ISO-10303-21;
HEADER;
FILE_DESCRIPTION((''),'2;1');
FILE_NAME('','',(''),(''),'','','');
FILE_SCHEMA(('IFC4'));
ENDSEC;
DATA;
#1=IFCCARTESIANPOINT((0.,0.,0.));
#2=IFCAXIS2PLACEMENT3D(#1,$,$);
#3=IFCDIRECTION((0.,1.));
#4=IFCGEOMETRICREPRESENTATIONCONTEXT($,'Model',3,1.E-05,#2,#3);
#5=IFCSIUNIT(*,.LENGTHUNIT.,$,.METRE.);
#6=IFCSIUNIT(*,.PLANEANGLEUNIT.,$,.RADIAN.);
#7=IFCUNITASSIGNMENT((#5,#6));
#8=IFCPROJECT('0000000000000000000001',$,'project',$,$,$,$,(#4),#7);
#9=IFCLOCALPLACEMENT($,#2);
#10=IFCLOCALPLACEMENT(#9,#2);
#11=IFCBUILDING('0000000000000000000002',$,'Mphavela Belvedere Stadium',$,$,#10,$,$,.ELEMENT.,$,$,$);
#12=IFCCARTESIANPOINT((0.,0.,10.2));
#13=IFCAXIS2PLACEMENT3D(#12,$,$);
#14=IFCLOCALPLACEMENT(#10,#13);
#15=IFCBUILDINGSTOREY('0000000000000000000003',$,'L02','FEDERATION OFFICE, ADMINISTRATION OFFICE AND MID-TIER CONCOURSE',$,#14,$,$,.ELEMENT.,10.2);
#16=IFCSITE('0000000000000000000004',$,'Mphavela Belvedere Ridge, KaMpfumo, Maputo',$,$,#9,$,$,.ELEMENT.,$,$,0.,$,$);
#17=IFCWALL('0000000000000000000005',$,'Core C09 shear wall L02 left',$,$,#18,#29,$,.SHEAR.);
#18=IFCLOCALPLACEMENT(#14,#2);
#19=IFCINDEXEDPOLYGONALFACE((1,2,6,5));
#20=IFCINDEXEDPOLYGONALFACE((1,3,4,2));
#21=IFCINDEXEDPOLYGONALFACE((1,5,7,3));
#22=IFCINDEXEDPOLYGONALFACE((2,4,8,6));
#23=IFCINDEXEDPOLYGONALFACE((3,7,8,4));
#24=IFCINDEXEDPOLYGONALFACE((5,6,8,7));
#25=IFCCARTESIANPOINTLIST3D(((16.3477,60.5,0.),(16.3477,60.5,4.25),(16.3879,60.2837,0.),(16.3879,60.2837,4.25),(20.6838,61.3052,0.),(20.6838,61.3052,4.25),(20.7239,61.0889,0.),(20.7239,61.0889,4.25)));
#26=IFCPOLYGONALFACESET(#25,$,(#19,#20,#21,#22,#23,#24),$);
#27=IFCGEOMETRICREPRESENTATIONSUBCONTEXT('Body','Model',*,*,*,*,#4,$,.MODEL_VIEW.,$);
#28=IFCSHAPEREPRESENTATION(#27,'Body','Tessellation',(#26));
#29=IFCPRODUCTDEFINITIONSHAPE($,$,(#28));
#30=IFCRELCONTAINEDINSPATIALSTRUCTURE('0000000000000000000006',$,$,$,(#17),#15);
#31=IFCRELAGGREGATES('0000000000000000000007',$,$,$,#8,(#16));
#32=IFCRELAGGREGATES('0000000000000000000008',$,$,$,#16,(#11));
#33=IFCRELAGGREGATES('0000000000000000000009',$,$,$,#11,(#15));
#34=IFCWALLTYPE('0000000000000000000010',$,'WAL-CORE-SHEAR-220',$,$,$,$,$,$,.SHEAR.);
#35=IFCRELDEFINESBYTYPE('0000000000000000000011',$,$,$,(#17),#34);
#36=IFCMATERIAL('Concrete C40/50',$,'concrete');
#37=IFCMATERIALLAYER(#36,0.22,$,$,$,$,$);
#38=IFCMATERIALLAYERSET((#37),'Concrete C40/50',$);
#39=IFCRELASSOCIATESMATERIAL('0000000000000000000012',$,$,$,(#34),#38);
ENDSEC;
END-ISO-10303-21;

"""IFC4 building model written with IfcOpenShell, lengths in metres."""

from ifc_helpers import new_model, si_unit, direction, frame, frame_2d, origin, place, context, subcontext, project, spatial, rectangle, extrude, material, layer, layer_set, type_object, element, save


model = new_model("IFC4")

# Units and contexts
model_context = context("Model", 3, precision=1e-05, world=origin(), true_north=direction((0.0, 1.0)))
body_context = subcontext(model_context, "Body", "Model", "MODEL_VIEW")
ifc_project = project(units=[si_unit("LENGTHUNIT", "METRE"), si_unit("PLANEANGLEUNIT", "RADIAN")], contexts=[model_context])

# Site, building, storey
site_placement = place(None, origin())
site = spatial("IfcSite", under=ifc_project, at=site_placement, Name="Mphavela Belvedere Ridge, KaMpfumo, Maputo", CompositionType="ELEMENT", RefElevation=0.0)
building_placement = place(site_placement, origin())
building = spatial("IfcBuilding", under=site, at=building_placement, Name="Mphavela Belvedere Stadium", CompositionType="ELEMENT")
storey_placement = place(building_placement, frame((0.0, 0.0, 10.2)))
storey = spatial("IfcBuildingStorey", under=building, at=storey_placement, Name="L02", Description="FEDERATION OFFICE, ADMINISTRATION OFFICE AND MID-TIER CONCOURSE", CompositionType="ELEMENT", Elevation=10.2)

# Wall
ifc_material_1 = material(Name="Concrete C40/50", Category="concrete")
ifc_layer_1 = layer(ifc_material_1, 0.22)
ifc_layer_set_1 = layer_set([ifc_layer_1], Name="Concrete C40/50")
wall_type = type_object("IfcWallType", Name="WAL-CORE-SHEAR-220", PredefinedType="SHEAR", material=ifc_layer_set_1)
wall_placement = place(storey_placement, frame((20.7039, 61.197, 0.0), z_axis=(0.0, 0.0, 1.0), x_axis=(-0.983192, -0.182577, 0.0)))
element("IfcWall", 1, at=wall_placement, inside=storey, type_object=wall_type, Name="Core C09 shear wall L02 left", PredefinedType="SHEAR", context=body_context, shape_type="SweptSolid", body=[
    extrude(rectangle(XDim=4.4102, YDim=0.22, at=frame_2d((2.2051, 0.0))), origin(), (0.0, 0.0, 1.0), 4.25),
])

save(model, "model.ifc")
